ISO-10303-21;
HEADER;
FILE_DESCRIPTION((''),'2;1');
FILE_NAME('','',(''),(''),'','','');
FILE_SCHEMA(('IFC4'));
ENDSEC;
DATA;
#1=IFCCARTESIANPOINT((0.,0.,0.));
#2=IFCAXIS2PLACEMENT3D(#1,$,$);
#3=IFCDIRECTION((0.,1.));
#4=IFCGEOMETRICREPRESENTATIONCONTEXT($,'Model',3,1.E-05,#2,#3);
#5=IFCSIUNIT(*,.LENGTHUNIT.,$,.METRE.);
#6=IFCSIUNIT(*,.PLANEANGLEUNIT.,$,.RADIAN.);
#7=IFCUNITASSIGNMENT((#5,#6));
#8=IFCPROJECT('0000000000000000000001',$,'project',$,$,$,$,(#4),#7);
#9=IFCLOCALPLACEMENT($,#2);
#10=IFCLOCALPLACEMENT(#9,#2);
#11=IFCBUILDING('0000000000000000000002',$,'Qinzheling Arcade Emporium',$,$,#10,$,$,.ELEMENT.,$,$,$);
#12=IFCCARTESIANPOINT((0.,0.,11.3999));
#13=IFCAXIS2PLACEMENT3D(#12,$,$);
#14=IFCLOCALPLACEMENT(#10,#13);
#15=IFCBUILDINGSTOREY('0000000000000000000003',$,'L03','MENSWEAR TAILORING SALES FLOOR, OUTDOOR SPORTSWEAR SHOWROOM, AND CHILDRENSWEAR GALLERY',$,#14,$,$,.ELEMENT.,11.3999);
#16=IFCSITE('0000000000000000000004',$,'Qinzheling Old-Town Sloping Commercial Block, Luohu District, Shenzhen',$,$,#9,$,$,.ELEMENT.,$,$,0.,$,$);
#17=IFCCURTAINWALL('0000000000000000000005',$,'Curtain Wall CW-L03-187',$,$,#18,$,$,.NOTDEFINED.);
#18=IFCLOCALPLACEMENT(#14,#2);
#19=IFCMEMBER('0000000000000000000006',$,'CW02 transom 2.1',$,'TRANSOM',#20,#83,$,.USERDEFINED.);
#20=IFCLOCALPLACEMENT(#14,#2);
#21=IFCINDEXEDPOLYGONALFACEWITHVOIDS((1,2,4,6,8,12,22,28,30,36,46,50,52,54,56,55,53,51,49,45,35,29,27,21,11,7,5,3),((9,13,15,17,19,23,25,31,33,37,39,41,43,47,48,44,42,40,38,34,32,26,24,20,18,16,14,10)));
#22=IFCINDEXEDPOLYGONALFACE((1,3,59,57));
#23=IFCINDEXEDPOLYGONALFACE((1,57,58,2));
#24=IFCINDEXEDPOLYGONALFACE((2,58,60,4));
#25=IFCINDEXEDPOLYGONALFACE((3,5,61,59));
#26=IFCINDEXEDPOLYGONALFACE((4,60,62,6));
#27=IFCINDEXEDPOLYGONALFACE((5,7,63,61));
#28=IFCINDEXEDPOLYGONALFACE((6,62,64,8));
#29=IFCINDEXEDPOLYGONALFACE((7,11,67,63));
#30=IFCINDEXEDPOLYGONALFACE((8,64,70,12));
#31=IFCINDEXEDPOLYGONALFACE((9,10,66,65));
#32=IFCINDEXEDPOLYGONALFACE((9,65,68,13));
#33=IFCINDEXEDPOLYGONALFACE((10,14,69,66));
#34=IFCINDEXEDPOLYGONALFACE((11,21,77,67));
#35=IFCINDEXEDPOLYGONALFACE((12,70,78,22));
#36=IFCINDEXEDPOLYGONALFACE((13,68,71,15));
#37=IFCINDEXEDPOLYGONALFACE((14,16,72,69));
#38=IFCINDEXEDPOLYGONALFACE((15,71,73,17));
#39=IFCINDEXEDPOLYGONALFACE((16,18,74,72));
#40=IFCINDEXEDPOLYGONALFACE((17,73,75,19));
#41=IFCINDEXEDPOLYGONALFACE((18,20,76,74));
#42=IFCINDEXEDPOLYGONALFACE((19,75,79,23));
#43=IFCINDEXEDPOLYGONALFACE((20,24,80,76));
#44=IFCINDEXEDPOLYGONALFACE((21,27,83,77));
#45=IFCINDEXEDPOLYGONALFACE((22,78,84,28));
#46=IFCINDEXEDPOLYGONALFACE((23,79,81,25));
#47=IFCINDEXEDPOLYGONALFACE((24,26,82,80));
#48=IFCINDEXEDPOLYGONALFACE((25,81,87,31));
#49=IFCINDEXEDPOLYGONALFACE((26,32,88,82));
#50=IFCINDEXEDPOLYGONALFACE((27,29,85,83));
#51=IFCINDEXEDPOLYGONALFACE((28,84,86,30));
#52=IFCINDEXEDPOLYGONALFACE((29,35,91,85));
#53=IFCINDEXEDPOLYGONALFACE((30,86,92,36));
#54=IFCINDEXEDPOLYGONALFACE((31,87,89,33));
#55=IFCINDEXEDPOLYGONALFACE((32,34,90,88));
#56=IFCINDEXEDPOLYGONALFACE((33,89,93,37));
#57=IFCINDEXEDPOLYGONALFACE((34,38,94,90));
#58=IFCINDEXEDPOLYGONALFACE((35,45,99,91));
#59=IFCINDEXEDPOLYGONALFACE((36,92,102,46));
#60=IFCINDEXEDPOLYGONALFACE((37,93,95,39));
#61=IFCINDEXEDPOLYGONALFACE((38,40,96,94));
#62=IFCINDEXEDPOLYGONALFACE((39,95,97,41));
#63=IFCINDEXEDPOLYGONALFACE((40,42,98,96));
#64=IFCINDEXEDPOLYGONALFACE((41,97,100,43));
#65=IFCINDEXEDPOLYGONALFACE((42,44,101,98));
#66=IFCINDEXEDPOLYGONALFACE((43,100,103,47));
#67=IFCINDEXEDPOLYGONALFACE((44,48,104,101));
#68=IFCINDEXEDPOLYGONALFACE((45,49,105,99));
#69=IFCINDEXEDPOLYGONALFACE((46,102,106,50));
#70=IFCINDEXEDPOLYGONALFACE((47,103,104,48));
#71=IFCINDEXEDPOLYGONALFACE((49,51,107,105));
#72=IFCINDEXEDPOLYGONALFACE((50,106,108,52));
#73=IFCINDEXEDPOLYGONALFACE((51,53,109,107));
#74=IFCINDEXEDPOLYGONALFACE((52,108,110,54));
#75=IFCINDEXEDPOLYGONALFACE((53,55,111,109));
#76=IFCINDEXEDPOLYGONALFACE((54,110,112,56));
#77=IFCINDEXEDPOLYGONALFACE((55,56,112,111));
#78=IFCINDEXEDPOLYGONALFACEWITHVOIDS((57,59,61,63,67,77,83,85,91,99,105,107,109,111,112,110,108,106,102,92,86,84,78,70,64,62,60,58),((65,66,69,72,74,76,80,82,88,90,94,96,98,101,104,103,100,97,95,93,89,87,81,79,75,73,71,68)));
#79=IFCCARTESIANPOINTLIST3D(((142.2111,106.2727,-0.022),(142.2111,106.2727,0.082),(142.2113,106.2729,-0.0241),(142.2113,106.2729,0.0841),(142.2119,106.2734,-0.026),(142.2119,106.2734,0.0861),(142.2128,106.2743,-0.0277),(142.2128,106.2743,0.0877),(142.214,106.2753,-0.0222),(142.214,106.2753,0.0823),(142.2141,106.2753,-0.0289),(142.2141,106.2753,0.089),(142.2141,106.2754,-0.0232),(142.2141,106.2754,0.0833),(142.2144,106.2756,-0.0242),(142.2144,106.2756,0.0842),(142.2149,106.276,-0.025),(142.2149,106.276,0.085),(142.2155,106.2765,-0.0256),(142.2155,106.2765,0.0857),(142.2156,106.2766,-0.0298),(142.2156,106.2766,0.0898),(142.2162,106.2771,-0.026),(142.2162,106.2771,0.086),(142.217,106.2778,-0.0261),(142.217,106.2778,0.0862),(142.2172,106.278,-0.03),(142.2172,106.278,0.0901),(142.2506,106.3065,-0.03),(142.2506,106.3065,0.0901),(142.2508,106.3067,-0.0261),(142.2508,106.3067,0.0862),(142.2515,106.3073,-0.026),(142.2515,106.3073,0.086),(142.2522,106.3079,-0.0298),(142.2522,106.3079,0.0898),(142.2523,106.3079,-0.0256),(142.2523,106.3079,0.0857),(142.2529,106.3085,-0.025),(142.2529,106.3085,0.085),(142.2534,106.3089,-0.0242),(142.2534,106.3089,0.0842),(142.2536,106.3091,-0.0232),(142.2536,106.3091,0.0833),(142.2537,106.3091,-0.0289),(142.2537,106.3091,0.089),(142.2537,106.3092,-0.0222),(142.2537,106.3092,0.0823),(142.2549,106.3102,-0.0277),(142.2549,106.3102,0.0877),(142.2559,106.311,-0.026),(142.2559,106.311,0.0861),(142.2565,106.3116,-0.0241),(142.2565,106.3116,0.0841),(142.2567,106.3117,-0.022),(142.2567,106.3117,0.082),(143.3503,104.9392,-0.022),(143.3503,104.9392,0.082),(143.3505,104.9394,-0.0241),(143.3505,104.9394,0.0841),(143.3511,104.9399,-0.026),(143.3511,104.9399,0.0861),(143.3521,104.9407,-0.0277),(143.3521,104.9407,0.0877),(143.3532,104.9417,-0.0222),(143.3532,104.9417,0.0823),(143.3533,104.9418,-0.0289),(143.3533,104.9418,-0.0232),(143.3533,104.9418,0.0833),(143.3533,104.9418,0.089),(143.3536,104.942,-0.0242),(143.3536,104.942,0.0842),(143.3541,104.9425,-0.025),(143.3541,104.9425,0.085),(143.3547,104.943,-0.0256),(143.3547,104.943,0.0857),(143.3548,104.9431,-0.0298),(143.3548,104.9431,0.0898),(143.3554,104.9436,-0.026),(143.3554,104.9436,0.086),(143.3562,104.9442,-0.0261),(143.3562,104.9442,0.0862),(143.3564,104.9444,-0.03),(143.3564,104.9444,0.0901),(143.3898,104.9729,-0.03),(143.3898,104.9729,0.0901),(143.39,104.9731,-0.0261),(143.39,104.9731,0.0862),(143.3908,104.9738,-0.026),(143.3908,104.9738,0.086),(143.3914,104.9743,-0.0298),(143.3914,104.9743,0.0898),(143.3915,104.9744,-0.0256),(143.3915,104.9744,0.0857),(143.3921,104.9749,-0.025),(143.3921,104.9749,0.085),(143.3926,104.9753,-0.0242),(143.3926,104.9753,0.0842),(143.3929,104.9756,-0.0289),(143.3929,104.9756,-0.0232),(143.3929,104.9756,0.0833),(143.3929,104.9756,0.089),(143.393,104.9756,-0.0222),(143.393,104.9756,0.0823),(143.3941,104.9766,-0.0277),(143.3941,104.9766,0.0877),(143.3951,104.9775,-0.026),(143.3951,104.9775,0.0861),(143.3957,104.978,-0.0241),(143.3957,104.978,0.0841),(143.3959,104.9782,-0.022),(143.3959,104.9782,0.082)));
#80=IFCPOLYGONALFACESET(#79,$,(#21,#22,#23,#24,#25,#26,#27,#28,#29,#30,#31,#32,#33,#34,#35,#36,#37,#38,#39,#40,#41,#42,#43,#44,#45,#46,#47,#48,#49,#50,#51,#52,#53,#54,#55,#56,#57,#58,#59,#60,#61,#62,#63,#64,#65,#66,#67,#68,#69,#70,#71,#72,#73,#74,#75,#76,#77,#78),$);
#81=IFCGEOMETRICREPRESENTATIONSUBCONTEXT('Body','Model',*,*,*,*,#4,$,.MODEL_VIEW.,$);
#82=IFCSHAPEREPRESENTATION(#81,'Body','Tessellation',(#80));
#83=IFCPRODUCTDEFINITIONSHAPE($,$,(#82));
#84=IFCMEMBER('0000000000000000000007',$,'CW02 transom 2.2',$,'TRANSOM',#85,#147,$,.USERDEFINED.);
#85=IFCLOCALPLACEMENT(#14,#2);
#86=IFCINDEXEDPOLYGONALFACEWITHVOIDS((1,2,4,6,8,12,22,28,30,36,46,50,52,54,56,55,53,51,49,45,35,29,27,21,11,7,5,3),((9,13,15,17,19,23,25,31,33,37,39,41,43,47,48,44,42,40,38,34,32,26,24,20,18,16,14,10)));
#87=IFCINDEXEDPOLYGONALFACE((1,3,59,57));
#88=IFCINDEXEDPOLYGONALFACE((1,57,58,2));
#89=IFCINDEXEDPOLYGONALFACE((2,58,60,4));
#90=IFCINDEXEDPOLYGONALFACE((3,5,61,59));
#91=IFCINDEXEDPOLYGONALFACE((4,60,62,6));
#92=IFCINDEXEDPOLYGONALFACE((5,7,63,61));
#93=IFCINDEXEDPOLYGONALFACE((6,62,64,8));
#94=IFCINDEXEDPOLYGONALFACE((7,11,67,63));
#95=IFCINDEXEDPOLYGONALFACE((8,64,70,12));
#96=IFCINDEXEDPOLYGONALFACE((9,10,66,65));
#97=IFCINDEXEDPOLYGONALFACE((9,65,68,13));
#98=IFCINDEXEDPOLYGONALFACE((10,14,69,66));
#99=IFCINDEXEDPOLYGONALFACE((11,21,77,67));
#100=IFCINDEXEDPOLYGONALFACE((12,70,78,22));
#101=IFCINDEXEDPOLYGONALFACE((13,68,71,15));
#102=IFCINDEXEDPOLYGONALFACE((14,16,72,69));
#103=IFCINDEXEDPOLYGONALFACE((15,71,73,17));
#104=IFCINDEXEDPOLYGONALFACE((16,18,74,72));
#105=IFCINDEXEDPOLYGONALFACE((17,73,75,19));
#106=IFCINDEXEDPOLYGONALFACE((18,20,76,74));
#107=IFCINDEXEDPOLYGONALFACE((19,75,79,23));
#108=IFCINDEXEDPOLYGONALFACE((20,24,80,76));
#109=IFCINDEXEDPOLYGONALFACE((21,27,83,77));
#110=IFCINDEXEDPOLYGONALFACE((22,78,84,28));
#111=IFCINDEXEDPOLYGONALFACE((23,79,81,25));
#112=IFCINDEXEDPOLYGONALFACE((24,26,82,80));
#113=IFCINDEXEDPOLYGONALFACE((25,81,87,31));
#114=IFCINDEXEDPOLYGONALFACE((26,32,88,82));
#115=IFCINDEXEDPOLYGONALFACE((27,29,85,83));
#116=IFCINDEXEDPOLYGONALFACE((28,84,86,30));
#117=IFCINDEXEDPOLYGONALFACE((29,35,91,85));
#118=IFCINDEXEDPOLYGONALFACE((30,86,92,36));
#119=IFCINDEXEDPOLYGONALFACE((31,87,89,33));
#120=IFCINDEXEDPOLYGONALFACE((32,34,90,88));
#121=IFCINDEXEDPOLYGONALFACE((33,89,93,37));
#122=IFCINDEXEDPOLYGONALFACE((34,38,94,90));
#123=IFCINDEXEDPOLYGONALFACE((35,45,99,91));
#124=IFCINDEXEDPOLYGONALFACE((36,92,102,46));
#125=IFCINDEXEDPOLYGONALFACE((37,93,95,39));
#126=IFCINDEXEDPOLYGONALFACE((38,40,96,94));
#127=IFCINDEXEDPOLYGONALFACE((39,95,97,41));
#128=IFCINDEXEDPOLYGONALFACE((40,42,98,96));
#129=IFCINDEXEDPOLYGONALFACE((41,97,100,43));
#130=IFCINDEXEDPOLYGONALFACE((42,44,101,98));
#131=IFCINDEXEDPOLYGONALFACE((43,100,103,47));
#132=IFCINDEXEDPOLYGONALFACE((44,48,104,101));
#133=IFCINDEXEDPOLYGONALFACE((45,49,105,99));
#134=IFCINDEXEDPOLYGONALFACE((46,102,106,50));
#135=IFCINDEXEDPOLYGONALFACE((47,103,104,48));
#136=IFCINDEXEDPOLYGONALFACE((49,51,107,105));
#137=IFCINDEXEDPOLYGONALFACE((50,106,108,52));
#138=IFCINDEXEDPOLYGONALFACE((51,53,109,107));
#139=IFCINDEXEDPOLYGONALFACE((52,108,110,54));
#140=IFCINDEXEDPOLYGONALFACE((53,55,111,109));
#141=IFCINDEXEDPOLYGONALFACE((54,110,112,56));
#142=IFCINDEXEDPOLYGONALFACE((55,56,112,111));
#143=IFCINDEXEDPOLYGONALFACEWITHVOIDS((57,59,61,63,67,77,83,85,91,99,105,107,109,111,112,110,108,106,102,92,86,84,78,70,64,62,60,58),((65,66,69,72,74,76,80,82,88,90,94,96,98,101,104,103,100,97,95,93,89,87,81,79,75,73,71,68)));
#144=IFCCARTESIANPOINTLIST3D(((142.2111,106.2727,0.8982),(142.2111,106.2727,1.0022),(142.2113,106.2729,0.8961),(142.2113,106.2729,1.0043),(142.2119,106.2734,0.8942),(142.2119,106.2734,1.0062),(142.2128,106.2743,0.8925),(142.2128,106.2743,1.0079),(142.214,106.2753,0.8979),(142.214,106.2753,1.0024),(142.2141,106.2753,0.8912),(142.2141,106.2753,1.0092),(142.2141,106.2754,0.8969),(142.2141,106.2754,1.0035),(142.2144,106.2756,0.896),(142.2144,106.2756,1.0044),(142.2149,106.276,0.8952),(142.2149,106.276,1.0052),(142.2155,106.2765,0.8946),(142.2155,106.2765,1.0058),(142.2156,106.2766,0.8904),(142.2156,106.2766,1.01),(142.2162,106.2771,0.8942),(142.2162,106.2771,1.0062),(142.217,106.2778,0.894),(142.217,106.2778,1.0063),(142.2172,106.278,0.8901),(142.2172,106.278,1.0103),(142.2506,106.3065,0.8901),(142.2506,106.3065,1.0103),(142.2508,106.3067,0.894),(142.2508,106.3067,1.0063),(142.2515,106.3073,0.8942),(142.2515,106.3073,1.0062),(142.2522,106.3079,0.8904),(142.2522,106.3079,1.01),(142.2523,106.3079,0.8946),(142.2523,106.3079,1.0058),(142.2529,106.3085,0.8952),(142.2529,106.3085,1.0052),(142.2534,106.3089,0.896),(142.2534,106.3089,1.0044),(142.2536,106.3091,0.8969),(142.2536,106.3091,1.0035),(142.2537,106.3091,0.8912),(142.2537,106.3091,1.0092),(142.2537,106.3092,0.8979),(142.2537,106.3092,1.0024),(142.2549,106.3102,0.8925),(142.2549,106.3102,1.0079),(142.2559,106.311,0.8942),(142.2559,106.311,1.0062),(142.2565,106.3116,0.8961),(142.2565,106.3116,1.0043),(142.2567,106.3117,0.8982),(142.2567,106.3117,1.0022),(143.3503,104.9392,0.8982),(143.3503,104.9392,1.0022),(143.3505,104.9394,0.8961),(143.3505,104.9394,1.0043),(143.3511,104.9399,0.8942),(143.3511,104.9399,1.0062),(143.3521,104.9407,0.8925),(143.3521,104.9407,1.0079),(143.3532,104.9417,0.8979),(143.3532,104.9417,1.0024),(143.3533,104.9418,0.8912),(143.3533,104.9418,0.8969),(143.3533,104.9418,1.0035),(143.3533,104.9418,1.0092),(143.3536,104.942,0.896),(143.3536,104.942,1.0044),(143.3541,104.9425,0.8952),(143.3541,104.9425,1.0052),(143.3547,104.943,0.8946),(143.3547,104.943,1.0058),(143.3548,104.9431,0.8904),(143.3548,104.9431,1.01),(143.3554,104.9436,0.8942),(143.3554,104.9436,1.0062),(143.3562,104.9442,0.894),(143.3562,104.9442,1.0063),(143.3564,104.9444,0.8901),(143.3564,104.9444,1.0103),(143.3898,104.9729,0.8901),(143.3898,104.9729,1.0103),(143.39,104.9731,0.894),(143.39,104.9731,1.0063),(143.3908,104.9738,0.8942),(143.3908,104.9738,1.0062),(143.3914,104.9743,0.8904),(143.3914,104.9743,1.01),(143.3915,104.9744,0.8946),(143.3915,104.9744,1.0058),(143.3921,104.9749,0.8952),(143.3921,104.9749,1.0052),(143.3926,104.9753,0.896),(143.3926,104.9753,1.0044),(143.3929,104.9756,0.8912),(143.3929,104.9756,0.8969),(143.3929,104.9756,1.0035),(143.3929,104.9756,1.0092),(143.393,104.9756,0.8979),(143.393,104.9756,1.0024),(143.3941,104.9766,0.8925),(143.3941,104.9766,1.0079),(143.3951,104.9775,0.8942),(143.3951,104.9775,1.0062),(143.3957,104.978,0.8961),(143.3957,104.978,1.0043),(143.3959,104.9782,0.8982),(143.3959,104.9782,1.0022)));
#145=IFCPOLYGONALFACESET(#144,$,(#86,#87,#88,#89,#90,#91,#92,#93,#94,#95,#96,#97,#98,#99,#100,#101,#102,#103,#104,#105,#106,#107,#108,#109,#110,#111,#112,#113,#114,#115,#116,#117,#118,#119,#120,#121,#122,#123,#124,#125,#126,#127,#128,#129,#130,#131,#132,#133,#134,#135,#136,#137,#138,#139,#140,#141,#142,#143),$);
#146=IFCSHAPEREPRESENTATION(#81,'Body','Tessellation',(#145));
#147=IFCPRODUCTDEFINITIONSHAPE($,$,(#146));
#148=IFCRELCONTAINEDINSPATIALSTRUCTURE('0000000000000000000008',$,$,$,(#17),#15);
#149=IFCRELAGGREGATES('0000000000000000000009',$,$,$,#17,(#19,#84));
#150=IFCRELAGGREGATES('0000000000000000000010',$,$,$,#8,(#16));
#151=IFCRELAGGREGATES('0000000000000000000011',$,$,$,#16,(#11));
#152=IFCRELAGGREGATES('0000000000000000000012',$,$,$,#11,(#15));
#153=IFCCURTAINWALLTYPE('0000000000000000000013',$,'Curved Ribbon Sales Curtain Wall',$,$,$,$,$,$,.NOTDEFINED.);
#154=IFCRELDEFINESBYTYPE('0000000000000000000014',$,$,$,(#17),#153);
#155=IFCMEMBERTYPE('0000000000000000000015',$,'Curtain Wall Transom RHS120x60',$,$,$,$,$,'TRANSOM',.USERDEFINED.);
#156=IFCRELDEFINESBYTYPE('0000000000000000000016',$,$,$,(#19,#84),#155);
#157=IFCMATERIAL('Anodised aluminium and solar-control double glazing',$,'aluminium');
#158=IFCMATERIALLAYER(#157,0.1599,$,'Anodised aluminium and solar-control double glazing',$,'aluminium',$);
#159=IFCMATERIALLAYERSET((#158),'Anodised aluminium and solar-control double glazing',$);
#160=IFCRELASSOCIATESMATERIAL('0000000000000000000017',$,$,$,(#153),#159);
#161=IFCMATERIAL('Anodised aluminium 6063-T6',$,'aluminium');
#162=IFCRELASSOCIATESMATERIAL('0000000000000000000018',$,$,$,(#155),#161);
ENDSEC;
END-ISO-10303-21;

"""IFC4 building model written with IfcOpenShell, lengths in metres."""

from ifc_helpers import new_model, si_unit, direction, frame, origin, origin_2d, place, context, subcontext, project, spatial, hollow_rectangle, extrude, material, layer, layer_set, material_profile, profile_set, type_object, element, aggregate, save


model = new_model("IFC4")

# Units and contexts
model_context = context("Model", 3, precision=1e-05, world=origin(), true_north=direction((0.0, 1.0)))
body_context = subcontext(model_context, "Body", "Model", "MODEL_VIEW")
ifc_project = project(units=[si_unit("LENGTHUNIT", "METRE"), si_unit("PLANEANGLEUNIT", "RADIAN")], contexts=[model_context])

# Site, building, storey
site_placement = place(None, origin())
site = spatial("IfcSite", under=ifc_project, at=site_placement, Name="Qinzheling Old-Town Sloping Commercial Block, Luohu District, Shenzhen", CompositionType="ELEMENT", RefElevation=0.0)
building_placement = place(site_placement, origin())
building = spatial("IfcBuilding", under=site, at=building_placement, Name="Qinzheling Arcade Emporium", CompositionType="ELEMENT")
storey_placement = place(building_placement, frame((0.0, 0.0, 11.3999)))
storey = spatial("IfcBuildingStorey", under=building, at=storey_placement, Name="L03", Description="MENSWEAR TAILORING SALES FLOOR, OUTDOOR SPORTSWEAR SHOWROOM, AND CHILDRENSWEAR GALLERY", CompositionType="ELEMENT", Elevation=11.3999)

# Curtain wall
ifc_material_1 = material(Name="Anodised aluminium and solar-control double glazing", Category="aluminium")
ifc_layer_1 = layer(ifc_material_1, 0.1599, Name="Anodised aluminium and solar-control double glazing", Category="aluminium")
ifc_layer_set_1 = layer_set([ifc_layer_1], Name="Anodised aluminium and solar-control double glazing")
curtain_wall_type = type_object("IfcCurtainWallType", Name="Curved Ribbon Sales Curtain Wall", PredefinedType="NOTDEFINED", material=ifc_layer_set_1)
ifc_material_2 = material(Name="Anodised aluminium 6063-T6", Category="aluminium")
curtain_wall_1_placement = place(storey_placement, origin())
curtain_wall_1 = element("IfcCurtainWall", 1, at=curtain_wall_1_placement, inside=storey, type_object=curtain_wall_type, Name="Curtain Wall CW-L03-187", PredefinedType="NOTDEFINED")

# Members
ifc_material_profile_1 = material_profile(ifc_material_2, hollow_rectangle(XDim=0.0601, YDim=0.1201, WallThickness=0.0039, InnerFilletRadius=0.0039, OuterFilletRadius=0.0081, at=origin_2d()), Name="RHS 120x60x4", Category="aluminium")
ifc_profile_set_1 = profile_set([ifc_material_profile_1], Name="Anodised aluminium 6063-T6")
member_type_1 = type_object("IfcMemberType", Name="Curtain Wall Transom RHS120x60", ElementType="TRANSOM", PredefinedType="USERDEFINED", material=ifc_profile_set_1)
member_1_placement = place(storey_placement, frame((142.2339, 106.2922, 0.03), z_axis=(0.649529, -0.760336, 0.0), x_axis=(0.760336, 0.649529, 0.0)))
member_1 = element("IfcMember", 2, at=member_1_placement, type_object=member_type_1, Name="CW02 transom 2.1", ObjectType="TRANSOM", PredefinedType="USERDEFINED", context=body_context, shape_type="SweptSolid", body=[
    extrude(hollow_rectangle(XDim=0.0601, YDim=0.1201, WallThickness=0.0039, InnerFilletRadius=0.0039, OuterFilletRadius=0.0081, at=origin_2d()), origin(), (0.0, 0.0, 1.0), 1.7539),
])
member_2_placement = place(storey_placement, frame((142.2339, 106.2922, 0.9502), z_axis=(0.649529, -0.760336, 0.0), x_axis=(0.760336, 0.649529, 0.0)))
member_2 = element("IfcMember", 3, at=member_2_placement, type_object=member_type_1, Name="CW02 transom 2.2", ObjectType="TRANSOM", PredefinedType="USERDEFINED", context=body_context, shape_type="SweptSolid", body=[
    extrude(hollow_rectangle(XDim=0.0601, YDim=0.1201, WallThickness=0.0039, InnerFilletRadius=0.0039, OuterFilletRadius=0.0081, at=origin_2d()), origin(), (0.0, 0.0, 1.0), 1.7539),
])

aggregate(curtain_wall_1, [member_1, member_2])

save(model, "model.ifc")
